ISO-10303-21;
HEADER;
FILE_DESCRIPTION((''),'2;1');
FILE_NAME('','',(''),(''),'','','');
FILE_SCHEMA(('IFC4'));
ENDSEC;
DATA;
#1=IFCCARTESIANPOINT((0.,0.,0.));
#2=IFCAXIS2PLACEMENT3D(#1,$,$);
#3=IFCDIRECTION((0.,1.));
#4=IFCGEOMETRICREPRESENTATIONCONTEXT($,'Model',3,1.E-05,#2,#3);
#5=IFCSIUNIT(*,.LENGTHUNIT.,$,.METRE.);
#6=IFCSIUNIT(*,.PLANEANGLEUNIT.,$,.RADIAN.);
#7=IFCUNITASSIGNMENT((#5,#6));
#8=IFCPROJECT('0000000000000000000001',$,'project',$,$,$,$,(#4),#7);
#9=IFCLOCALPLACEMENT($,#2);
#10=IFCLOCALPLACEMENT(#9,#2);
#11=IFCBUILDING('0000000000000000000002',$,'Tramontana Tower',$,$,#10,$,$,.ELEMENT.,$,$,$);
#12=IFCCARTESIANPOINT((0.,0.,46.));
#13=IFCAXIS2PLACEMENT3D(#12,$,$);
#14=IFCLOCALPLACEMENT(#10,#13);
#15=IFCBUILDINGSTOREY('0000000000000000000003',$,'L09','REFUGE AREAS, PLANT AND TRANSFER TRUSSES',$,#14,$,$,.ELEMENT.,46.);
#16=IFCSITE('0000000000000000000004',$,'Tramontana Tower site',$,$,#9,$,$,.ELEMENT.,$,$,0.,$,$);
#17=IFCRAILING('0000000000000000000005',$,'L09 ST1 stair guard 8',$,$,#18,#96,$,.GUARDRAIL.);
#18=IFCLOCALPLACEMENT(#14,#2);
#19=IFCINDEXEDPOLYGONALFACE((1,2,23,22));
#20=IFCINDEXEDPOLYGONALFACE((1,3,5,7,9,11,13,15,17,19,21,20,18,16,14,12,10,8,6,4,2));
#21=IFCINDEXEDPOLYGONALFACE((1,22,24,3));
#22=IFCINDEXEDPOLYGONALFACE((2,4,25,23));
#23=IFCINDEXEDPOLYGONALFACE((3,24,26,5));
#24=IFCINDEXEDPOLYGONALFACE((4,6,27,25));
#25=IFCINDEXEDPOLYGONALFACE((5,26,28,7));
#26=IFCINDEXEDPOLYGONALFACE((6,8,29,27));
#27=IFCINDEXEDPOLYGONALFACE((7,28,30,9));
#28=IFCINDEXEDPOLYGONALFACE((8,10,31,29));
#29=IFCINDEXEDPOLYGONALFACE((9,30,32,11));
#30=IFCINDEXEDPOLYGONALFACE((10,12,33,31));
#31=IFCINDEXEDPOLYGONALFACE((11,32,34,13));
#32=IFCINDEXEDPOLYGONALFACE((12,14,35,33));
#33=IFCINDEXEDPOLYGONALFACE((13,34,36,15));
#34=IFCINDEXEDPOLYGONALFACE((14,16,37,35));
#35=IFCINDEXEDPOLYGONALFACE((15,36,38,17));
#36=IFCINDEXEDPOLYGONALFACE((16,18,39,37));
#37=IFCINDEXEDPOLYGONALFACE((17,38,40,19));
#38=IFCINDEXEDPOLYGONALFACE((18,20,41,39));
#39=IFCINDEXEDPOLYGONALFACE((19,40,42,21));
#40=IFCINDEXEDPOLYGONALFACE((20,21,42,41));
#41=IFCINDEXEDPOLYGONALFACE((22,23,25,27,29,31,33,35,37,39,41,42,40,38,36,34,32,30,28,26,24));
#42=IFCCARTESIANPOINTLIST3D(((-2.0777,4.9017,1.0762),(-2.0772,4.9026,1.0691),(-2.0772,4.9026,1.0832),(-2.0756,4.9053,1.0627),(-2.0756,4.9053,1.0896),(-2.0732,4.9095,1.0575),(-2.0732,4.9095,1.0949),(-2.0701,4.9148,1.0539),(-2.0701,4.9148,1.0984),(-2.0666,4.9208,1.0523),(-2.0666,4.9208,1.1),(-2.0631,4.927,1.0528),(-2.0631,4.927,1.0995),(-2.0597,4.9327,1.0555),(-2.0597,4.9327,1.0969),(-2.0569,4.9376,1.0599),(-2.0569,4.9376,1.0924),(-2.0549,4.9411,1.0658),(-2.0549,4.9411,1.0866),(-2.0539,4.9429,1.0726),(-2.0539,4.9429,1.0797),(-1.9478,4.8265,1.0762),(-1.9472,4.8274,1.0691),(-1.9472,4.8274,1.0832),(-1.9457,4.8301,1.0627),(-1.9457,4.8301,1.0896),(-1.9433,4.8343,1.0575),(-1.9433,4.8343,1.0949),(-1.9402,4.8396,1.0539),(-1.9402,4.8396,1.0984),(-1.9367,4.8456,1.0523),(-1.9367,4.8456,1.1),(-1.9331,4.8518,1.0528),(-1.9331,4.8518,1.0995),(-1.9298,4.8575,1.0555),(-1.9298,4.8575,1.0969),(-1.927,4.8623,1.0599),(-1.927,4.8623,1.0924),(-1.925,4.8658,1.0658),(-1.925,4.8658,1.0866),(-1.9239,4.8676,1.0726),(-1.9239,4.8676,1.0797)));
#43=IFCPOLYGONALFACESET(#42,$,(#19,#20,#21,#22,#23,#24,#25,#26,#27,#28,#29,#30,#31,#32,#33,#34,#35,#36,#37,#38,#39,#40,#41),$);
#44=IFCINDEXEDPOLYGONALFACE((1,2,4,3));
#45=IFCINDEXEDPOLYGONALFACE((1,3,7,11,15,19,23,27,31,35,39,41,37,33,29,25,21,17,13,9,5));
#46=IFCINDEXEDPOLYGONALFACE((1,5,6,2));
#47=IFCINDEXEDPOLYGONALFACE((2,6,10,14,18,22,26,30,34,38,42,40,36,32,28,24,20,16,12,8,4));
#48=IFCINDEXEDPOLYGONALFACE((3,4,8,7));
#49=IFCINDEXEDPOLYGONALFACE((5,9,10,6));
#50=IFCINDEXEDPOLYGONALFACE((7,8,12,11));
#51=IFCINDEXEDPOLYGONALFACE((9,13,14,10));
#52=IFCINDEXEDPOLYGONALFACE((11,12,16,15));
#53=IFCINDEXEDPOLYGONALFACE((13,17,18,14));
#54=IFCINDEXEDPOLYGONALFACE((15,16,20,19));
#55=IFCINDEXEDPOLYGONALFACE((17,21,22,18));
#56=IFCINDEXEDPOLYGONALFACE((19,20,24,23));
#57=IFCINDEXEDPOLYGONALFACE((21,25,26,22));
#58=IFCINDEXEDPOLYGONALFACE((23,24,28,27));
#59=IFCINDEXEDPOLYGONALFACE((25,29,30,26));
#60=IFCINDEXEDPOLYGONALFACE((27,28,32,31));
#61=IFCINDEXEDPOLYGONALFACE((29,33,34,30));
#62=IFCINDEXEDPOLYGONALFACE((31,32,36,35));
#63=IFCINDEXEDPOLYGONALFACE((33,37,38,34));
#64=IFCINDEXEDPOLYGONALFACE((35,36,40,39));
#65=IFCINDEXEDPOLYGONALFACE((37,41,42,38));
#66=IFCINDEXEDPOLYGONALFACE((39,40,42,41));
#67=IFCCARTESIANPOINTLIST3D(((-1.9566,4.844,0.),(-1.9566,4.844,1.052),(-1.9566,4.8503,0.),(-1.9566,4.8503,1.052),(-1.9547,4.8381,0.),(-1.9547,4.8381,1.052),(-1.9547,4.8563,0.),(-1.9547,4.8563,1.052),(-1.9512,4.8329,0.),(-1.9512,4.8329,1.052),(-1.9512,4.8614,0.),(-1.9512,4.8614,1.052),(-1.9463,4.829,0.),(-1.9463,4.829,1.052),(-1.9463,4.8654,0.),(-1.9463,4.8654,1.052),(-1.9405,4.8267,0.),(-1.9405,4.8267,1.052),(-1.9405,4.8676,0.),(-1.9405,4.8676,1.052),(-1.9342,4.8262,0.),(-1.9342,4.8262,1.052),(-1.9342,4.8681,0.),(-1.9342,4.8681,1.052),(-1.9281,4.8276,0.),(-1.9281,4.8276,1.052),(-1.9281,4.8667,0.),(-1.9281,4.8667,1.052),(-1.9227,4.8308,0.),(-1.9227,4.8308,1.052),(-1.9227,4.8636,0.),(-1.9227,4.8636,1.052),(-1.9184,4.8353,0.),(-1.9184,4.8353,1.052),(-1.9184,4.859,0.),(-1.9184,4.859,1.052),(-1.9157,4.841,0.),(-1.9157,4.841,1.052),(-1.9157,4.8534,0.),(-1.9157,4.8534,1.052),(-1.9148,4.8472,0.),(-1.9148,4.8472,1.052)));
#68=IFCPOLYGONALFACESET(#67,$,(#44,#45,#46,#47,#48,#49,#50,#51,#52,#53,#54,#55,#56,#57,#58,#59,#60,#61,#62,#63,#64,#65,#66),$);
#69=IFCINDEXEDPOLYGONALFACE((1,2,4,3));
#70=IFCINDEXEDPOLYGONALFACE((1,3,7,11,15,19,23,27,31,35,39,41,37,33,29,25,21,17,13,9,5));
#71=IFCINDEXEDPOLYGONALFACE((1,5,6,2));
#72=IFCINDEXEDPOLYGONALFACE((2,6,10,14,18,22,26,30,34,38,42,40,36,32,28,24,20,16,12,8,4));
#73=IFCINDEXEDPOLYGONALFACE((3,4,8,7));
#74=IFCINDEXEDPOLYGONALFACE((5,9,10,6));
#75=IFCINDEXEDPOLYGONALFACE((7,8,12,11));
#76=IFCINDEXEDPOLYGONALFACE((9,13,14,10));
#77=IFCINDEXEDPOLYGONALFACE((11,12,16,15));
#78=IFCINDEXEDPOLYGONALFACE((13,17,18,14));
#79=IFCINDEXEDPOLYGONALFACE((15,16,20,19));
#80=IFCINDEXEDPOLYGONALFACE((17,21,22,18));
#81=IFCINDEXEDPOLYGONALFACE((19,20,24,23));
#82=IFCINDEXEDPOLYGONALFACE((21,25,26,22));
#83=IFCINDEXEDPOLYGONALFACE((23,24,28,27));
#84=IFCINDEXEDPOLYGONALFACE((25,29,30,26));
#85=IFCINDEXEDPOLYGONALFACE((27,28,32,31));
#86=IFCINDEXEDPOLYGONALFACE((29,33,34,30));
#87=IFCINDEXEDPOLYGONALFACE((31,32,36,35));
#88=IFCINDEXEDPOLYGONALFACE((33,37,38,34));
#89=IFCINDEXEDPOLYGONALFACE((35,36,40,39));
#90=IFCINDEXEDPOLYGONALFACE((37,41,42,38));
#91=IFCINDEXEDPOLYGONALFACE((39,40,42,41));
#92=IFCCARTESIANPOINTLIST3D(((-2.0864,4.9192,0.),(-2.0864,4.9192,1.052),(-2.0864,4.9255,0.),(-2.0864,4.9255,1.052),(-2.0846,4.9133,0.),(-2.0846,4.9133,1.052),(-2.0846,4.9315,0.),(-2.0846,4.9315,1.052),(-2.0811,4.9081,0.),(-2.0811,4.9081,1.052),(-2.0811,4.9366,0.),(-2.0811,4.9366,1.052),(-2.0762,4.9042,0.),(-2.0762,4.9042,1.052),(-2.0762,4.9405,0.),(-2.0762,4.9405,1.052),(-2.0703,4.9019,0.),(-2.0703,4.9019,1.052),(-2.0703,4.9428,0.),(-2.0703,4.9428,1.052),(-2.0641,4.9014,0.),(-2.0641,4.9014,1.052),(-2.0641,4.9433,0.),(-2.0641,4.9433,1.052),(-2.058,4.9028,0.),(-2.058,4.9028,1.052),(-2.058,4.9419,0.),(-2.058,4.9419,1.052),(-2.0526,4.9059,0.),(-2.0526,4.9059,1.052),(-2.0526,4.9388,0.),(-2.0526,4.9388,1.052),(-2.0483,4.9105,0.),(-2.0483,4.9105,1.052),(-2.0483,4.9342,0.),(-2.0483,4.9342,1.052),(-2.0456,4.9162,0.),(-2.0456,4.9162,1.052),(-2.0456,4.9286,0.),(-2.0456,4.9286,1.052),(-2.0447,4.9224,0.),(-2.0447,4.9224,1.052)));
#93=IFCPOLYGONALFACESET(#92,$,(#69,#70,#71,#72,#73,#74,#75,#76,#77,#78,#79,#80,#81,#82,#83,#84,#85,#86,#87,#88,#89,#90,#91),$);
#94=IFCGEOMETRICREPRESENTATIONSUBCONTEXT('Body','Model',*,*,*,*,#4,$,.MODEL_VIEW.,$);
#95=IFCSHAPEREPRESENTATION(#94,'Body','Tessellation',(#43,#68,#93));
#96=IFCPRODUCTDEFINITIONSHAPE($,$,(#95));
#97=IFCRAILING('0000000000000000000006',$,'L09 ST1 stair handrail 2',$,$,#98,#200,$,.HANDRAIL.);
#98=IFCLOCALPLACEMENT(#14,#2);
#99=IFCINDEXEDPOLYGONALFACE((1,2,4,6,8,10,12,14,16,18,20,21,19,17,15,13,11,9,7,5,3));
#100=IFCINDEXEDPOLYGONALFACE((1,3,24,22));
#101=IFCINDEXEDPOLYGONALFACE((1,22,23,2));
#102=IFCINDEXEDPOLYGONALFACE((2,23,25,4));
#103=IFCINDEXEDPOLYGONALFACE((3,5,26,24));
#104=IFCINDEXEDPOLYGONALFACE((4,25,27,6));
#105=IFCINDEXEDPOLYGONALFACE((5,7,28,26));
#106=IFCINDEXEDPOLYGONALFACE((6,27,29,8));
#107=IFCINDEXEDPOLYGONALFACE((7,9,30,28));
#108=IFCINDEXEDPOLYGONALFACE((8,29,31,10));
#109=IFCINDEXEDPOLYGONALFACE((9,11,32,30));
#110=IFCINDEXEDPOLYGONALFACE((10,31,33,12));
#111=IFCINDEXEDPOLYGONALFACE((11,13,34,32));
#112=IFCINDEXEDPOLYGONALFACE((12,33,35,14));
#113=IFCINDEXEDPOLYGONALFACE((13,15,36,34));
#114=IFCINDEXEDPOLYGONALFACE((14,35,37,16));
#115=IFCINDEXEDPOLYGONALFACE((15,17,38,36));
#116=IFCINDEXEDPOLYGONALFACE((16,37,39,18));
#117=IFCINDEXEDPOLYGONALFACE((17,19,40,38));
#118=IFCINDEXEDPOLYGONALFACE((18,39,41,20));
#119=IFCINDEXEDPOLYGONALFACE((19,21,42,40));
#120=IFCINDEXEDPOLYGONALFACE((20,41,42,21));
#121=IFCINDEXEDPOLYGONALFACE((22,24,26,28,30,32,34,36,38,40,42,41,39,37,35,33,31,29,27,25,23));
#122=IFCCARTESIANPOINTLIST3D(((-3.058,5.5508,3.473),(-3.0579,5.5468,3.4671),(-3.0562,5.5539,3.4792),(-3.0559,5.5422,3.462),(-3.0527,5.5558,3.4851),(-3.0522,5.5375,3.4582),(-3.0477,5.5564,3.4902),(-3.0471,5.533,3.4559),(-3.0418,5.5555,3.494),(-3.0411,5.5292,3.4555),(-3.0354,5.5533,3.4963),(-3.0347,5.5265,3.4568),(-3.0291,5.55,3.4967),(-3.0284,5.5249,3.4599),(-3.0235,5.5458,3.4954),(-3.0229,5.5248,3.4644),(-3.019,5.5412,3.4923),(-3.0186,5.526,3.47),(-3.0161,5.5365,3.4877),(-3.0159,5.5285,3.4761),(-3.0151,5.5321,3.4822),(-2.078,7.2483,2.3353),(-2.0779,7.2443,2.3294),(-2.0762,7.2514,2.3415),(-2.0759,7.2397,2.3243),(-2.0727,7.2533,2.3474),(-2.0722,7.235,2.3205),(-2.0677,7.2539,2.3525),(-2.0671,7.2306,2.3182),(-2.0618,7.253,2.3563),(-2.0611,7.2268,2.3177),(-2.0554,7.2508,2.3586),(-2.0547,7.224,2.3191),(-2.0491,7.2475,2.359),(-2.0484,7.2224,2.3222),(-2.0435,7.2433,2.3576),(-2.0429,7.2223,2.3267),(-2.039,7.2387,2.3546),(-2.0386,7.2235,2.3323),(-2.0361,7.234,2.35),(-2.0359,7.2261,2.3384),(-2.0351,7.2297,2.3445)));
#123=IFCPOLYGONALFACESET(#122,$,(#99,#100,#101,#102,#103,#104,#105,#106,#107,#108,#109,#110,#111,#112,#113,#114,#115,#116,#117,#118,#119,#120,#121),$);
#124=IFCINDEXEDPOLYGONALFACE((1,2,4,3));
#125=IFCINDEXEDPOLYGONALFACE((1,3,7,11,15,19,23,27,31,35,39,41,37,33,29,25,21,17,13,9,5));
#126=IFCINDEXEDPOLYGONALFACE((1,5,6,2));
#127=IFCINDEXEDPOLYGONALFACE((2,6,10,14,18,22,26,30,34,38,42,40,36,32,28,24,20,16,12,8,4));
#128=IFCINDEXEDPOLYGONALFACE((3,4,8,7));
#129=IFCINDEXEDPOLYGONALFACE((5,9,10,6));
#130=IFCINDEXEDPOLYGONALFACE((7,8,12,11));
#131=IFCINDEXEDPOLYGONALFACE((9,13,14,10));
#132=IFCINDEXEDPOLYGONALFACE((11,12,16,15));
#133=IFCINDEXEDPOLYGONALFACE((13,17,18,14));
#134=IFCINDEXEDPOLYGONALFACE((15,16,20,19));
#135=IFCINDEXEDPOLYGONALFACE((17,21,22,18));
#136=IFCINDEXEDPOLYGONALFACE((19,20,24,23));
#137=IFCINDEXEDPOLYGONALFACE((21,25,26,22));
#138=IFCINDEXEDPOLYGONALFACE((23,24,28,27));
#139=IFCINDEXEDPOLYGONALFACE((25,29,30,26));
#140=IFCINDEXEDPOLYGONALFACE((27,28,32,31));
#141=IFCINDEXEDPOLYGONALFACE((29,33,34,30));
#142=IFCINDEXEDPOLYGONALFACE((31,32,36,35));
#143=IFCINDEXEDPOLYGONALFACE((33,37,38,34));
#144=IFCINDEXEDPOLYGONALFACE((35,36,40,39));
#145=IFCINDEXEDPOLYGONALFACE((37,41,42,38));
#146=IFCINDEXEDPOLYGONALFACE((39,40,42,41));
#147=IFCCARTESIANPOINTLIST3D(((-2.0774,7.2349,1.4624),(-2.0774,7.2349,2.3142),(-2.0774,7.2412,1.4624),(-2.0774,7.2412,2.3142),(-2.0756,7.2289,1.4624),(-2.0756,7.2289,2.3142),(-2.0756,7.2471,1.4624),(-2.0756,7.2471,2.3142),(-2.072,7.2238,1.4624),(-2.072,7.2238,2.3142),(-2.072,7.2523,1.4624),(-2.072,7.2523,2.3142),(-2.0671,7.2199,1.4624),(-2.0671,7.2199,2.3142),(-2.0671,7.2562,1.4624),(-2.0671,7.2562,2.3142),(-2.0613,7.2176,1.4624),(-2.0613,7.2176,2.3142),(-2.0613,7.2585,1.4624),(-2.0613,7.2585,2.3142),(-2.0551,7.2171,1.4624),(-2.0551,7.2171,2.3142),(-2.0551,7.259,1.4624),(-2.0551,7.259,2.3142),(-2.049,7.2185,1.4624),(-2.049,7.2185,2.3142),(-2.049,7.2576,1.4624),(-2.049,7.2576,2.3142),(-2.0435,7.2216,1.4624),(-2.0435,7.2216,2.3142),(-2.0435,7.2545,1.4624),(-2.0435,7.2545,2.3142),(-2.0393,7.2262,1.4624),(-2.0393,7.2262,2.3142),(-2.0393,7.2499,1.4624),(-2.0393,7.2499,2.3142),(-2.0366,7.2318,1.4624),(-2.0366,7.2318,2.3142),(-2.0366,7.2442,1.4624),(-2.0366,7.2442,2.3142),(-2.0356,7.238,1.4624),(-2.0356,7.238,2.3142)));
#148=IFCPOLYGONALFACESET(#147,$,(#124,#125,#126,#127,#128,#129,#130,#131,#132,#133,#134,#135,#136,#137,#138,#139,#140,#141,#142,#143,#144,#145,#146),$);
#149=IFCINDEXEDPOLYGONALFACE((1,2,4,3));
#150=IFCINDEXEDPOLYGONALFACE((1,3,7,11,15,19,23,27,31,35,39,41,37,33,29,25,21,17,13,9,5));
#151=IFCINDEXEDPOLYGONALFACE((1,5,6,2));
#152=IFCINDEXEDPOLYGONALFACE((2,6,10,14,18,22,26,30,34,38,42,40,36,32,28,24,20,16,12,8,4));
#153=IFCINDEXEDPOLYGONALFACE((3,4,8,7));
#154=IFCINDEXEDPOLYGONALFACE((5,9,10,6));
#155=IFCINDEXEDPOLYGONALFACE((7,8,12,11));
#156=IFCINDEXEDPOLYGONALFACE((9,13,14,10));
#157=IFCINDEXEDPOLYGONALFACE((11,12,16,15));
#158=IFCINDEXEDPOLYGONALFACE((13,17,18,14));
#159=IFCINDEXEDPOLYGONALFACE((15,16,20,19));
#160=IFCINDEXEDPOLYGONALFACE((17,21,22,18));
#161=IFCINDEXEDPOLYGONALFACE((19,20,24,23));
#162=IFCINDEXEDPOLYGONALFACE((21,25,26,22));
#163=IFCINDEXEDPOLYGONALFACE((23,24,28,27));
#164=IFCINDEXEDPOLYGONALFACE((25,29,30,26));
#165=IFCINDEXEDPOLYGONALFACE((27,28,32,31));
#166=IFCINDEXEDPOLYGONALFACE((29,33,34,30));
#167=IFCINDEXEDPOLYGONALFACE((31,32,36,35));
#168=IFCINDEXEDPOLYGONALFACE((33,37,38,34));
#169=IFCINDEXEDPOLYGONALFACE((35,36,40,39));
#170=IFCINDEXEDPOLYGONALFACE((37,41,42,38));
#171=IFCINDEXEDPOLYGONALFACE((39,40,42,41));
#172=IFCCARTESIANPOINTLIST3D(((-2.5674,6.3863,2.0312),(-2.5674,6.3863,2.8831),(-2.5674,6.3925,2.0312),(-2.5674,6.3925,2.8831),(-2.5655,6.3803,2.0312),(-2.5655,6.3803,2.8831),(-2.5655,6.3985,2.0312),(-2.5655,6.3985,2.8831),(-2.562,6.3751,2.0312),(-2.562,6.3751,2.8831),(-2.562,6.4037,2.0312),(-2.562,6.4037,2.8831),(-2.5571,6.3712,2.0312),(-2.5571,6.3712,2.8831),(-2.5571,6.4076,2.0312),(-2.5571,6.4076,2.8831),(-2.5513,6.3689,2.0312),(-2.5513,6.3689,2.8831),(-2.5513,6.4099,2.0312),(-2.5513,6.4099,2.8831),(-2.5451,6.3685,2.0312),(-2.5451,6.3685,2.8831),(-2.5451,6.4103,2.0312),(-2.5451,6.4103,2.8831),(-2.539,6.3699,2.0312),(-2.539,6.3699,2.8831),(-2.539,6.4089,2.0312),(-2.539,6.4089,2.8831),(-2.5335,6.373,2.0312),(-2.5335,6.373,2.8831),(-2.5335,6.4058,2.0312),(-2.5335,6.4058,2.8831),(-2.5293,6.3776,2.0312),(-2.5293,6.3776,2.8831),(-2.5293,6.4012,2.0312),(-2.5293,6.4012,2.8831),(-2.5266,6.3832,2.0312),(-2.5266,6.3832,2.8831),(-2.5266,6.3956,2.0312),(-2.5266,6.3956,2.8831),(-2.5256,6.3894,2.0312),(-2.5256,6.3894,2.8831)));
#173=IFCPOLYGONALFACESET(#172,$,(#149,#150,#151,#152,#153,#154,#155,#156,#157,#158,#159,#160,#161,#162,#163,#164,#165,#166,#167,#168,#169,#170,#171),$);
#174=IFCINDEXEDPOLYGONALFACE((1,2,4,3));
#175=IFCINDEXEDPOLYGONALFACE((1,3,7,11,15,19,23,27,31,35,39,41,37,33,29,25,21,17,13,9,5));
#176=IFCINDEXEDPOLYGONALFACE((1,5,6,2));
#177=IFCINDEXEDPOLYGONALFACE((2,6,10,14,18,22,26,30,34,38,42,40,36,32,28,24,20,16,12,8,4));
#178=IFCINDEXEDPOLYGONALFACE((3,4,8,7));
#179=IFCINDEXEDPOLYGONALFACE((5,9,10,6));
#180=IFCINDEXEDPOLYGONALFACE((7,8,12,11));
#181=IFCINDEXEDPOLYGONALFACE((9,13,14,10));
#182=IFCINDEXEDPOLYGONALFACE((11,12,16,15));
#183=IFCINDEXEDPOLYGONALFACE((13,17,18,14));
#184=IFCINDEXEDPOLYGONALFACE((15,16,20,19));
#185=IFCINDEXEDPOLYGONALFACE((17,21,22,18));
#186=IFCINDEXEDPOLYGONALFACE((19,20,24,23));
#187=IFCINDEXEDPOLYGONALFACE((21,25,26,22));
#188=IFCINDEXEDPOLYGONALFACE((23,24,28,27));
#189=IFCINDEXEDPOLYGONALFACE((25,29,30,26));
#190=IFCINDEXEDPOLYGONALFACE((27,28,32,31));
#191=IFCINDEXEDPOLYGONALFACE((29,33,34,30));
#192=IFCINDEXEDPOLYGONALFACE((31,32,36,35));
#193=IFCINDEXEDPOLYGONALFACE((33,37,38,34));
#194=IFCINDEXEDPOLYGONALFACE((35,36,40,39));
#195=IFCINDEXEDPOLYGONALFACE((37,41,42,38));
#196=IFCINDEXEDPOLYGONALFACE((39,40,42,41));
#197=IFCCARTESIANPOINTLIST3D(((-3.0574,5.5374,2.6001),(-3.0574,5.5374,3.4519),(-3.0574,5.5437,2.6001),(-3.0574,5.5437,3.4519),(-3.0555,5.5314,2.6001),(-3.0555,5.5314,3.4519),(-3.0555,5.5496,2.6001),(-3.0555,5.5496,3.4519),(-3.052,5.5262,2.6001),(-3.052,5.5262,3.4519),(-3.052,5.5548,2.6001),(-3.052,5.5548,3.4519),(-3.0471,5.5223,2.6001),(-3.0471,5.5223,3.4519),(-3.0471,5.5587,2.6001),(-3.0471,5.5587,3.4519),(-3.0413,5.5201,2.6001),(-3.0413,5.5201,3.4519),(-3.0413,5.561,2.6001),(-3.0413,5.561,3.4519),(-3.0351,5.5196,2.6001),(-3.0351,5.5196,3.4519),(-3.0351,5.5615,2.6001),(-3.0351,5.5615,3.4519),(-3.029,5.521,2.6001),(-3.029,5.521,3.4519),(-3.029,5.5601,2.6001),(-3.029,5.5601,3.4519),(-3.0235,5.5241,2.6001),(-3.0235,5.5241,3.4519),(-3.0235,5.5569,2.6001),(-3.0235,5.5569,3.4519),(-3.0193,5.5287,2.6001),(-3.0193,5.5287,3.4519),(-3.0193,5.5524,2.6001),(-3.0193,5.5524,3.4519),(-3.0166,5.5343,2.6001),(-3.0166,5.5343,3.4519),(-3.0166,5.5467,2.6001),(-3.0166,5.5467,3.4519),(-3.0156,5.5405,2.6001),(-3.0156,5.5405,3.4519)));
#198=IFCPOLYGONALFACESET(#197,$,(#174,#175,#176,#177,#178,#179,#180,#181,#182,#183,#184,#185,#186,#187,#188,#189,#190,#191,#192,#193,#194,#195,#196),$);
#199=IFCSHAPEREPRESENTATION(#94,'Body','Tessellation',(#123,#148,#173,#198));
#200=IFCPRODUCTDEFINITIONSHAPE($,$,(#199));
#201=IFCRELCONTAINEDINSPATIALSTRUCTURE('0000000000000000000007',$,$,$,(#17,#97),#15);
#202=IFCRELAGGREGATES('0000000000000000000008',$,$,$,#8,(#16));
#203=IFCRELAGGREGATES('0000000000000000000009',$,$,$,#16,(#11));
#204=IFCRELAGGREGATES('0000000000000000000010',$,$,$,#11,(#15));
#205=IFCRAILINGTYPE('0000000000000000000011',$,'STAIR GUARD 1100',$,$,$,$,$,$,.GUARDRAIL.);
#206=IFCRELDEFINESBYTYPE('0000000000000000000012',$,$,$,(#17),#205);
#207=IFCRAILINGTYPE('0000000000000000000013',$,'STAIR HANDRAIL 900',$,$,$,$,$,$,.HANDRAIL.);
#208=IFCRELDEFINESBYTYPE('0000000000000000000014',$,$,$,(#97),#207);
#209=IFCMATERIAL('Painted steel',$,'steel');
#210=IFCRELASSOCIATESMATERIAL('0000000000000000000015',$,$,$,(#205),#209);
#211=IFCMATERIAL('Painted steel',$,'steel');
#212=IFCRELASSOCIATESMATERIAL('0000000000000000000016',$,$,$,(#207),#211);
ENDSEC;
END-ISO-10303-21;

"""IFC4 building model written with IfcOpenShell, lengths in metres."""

from ifc_helpers import new_model, si_unit, direction, frame, origin, origin_2d, place, context, subcontext, project, spatial, circle, extrude, material, type_object, element, save


model = new_model("IFC4")

# Units and contexts
model_context = context("Model", 3, precision=1e-05, world=origin(), true_north=direction((0.0, 1.0)))
body_context = subcontext(model_context, "Body", "Model", "MODEL_VIEW")
ifc_project = project(units=[si_unit("LENGTHUNIT", "METRE"), si_unit("PLANEANGLEUNIT", "RADIAN")], contexts=[model_context])

# Site, building, storey
site_placement = place(None, origin())
site = spatial("IfcSite", under=ifc_project, at=site_placement, Name="Tramontana Tower site", CompositionType="ELEMENT", RefElevation=0.0)
building_placement = place(site_placement, origin())
building = spatial("IfcBuilding", under=site, at=building_placement, Name="Tramontana Tower", CompositionType="ELEMENT")
storey_placement = place(building_placement, frame((0.0, 0.0, 46.0)))
storey = spatial("IfcBuildingStorey", under=building, at=storey_placement, Name="L09", Description="REFUGE AREAS, PLANT AND TRANSFER TRUSSES", CompositionType="ELEMENT", Elevation=46.0)

# Railings
ifc_material_1 = material(Name="Painted steel", Category="steel")
railing_type_1 = type_object("IfcRailingType", Name="STAIR GUARD 1100", PredefinedType="GUARDRAIL", material=ifc_material_1)
for number, where, name in (
    (1, (-1.9358, 4.8472, 0.0), "L09 ST1 stair guard 8"),
):
    element("IfcRailing", number, at=place(storey_placement, frame(where)), inside=storey, type_object=railing_type_1, Name=name, PredefinedType="GUARDRAIL", context=body_context, shape_type="SweptSolid", body=[
        extrude(circle(Radius=0.0239, at=origin_2d()), frame((0.0, 0.0, 1.0762), z_axis=(-0.865426, 0.501036, 0.0), x_axis=(-0.501036, -0.865426, 0.0)), (0.0, 0.0, 1.0), 0.1501),
        extrude(circle(Radius=0.021, at=origin_2d()), origin(), (0.0, 0.0, 1.0), 1.052),
        extrude(circle(Radius=0.021, at=origin_2d()), frame((-0.1299, 0.0752, 0.0)), (0.0, 0.0, 1.0), 1.052),
    ])
ifc_material_2 = material(Name="Painted steel", Category="steel")
railing_type_2 = type_object("IfcRailingType", Name="STAIR HANDRAIL 900", PredefinedType="HANDRAIL", material=ifc_material_2)
railing_1_placement = place(storey_placement, frame((-2.0566, 7.238, 1.4624)))
element("IfcRailing", 2, at=railing_1_placement, inside=storey, type_object=railing_type_2, Name="L09 ST1 stair handrail 2", PredefinedType="HANDRAIL", context=body_context, shape_type="SweptSolid", body=[
    extrude(circle(Radius=0.0239, at=origin_2d()), frame((0.0, 0.0, 0.876), z_axis=(-0.432409, -0.749013, 0.501999), x_axis=(0.866042, -0.49997, 0.0)), (0.0, 0.0, 1.0), 2.2664),
    extrude(circle(Radius=0.021, at=origin_2d()), origin(), (0.0, 0.0, 1.0), 0.8518),
    extrude(circle(Radius=0.021, at=origin_2d()), frame((-0.49, -0.8486, 0.5688)), (0.0, 0.0, 1.0), 0.8518),
    extrude(circle(Radius=0.021, at=origin_2d()), frame((-0.98, -1.6975, 1.1377)), (0.0, 0.0, 1.0), 0.8518),
])

save(model, "model.ifc")
